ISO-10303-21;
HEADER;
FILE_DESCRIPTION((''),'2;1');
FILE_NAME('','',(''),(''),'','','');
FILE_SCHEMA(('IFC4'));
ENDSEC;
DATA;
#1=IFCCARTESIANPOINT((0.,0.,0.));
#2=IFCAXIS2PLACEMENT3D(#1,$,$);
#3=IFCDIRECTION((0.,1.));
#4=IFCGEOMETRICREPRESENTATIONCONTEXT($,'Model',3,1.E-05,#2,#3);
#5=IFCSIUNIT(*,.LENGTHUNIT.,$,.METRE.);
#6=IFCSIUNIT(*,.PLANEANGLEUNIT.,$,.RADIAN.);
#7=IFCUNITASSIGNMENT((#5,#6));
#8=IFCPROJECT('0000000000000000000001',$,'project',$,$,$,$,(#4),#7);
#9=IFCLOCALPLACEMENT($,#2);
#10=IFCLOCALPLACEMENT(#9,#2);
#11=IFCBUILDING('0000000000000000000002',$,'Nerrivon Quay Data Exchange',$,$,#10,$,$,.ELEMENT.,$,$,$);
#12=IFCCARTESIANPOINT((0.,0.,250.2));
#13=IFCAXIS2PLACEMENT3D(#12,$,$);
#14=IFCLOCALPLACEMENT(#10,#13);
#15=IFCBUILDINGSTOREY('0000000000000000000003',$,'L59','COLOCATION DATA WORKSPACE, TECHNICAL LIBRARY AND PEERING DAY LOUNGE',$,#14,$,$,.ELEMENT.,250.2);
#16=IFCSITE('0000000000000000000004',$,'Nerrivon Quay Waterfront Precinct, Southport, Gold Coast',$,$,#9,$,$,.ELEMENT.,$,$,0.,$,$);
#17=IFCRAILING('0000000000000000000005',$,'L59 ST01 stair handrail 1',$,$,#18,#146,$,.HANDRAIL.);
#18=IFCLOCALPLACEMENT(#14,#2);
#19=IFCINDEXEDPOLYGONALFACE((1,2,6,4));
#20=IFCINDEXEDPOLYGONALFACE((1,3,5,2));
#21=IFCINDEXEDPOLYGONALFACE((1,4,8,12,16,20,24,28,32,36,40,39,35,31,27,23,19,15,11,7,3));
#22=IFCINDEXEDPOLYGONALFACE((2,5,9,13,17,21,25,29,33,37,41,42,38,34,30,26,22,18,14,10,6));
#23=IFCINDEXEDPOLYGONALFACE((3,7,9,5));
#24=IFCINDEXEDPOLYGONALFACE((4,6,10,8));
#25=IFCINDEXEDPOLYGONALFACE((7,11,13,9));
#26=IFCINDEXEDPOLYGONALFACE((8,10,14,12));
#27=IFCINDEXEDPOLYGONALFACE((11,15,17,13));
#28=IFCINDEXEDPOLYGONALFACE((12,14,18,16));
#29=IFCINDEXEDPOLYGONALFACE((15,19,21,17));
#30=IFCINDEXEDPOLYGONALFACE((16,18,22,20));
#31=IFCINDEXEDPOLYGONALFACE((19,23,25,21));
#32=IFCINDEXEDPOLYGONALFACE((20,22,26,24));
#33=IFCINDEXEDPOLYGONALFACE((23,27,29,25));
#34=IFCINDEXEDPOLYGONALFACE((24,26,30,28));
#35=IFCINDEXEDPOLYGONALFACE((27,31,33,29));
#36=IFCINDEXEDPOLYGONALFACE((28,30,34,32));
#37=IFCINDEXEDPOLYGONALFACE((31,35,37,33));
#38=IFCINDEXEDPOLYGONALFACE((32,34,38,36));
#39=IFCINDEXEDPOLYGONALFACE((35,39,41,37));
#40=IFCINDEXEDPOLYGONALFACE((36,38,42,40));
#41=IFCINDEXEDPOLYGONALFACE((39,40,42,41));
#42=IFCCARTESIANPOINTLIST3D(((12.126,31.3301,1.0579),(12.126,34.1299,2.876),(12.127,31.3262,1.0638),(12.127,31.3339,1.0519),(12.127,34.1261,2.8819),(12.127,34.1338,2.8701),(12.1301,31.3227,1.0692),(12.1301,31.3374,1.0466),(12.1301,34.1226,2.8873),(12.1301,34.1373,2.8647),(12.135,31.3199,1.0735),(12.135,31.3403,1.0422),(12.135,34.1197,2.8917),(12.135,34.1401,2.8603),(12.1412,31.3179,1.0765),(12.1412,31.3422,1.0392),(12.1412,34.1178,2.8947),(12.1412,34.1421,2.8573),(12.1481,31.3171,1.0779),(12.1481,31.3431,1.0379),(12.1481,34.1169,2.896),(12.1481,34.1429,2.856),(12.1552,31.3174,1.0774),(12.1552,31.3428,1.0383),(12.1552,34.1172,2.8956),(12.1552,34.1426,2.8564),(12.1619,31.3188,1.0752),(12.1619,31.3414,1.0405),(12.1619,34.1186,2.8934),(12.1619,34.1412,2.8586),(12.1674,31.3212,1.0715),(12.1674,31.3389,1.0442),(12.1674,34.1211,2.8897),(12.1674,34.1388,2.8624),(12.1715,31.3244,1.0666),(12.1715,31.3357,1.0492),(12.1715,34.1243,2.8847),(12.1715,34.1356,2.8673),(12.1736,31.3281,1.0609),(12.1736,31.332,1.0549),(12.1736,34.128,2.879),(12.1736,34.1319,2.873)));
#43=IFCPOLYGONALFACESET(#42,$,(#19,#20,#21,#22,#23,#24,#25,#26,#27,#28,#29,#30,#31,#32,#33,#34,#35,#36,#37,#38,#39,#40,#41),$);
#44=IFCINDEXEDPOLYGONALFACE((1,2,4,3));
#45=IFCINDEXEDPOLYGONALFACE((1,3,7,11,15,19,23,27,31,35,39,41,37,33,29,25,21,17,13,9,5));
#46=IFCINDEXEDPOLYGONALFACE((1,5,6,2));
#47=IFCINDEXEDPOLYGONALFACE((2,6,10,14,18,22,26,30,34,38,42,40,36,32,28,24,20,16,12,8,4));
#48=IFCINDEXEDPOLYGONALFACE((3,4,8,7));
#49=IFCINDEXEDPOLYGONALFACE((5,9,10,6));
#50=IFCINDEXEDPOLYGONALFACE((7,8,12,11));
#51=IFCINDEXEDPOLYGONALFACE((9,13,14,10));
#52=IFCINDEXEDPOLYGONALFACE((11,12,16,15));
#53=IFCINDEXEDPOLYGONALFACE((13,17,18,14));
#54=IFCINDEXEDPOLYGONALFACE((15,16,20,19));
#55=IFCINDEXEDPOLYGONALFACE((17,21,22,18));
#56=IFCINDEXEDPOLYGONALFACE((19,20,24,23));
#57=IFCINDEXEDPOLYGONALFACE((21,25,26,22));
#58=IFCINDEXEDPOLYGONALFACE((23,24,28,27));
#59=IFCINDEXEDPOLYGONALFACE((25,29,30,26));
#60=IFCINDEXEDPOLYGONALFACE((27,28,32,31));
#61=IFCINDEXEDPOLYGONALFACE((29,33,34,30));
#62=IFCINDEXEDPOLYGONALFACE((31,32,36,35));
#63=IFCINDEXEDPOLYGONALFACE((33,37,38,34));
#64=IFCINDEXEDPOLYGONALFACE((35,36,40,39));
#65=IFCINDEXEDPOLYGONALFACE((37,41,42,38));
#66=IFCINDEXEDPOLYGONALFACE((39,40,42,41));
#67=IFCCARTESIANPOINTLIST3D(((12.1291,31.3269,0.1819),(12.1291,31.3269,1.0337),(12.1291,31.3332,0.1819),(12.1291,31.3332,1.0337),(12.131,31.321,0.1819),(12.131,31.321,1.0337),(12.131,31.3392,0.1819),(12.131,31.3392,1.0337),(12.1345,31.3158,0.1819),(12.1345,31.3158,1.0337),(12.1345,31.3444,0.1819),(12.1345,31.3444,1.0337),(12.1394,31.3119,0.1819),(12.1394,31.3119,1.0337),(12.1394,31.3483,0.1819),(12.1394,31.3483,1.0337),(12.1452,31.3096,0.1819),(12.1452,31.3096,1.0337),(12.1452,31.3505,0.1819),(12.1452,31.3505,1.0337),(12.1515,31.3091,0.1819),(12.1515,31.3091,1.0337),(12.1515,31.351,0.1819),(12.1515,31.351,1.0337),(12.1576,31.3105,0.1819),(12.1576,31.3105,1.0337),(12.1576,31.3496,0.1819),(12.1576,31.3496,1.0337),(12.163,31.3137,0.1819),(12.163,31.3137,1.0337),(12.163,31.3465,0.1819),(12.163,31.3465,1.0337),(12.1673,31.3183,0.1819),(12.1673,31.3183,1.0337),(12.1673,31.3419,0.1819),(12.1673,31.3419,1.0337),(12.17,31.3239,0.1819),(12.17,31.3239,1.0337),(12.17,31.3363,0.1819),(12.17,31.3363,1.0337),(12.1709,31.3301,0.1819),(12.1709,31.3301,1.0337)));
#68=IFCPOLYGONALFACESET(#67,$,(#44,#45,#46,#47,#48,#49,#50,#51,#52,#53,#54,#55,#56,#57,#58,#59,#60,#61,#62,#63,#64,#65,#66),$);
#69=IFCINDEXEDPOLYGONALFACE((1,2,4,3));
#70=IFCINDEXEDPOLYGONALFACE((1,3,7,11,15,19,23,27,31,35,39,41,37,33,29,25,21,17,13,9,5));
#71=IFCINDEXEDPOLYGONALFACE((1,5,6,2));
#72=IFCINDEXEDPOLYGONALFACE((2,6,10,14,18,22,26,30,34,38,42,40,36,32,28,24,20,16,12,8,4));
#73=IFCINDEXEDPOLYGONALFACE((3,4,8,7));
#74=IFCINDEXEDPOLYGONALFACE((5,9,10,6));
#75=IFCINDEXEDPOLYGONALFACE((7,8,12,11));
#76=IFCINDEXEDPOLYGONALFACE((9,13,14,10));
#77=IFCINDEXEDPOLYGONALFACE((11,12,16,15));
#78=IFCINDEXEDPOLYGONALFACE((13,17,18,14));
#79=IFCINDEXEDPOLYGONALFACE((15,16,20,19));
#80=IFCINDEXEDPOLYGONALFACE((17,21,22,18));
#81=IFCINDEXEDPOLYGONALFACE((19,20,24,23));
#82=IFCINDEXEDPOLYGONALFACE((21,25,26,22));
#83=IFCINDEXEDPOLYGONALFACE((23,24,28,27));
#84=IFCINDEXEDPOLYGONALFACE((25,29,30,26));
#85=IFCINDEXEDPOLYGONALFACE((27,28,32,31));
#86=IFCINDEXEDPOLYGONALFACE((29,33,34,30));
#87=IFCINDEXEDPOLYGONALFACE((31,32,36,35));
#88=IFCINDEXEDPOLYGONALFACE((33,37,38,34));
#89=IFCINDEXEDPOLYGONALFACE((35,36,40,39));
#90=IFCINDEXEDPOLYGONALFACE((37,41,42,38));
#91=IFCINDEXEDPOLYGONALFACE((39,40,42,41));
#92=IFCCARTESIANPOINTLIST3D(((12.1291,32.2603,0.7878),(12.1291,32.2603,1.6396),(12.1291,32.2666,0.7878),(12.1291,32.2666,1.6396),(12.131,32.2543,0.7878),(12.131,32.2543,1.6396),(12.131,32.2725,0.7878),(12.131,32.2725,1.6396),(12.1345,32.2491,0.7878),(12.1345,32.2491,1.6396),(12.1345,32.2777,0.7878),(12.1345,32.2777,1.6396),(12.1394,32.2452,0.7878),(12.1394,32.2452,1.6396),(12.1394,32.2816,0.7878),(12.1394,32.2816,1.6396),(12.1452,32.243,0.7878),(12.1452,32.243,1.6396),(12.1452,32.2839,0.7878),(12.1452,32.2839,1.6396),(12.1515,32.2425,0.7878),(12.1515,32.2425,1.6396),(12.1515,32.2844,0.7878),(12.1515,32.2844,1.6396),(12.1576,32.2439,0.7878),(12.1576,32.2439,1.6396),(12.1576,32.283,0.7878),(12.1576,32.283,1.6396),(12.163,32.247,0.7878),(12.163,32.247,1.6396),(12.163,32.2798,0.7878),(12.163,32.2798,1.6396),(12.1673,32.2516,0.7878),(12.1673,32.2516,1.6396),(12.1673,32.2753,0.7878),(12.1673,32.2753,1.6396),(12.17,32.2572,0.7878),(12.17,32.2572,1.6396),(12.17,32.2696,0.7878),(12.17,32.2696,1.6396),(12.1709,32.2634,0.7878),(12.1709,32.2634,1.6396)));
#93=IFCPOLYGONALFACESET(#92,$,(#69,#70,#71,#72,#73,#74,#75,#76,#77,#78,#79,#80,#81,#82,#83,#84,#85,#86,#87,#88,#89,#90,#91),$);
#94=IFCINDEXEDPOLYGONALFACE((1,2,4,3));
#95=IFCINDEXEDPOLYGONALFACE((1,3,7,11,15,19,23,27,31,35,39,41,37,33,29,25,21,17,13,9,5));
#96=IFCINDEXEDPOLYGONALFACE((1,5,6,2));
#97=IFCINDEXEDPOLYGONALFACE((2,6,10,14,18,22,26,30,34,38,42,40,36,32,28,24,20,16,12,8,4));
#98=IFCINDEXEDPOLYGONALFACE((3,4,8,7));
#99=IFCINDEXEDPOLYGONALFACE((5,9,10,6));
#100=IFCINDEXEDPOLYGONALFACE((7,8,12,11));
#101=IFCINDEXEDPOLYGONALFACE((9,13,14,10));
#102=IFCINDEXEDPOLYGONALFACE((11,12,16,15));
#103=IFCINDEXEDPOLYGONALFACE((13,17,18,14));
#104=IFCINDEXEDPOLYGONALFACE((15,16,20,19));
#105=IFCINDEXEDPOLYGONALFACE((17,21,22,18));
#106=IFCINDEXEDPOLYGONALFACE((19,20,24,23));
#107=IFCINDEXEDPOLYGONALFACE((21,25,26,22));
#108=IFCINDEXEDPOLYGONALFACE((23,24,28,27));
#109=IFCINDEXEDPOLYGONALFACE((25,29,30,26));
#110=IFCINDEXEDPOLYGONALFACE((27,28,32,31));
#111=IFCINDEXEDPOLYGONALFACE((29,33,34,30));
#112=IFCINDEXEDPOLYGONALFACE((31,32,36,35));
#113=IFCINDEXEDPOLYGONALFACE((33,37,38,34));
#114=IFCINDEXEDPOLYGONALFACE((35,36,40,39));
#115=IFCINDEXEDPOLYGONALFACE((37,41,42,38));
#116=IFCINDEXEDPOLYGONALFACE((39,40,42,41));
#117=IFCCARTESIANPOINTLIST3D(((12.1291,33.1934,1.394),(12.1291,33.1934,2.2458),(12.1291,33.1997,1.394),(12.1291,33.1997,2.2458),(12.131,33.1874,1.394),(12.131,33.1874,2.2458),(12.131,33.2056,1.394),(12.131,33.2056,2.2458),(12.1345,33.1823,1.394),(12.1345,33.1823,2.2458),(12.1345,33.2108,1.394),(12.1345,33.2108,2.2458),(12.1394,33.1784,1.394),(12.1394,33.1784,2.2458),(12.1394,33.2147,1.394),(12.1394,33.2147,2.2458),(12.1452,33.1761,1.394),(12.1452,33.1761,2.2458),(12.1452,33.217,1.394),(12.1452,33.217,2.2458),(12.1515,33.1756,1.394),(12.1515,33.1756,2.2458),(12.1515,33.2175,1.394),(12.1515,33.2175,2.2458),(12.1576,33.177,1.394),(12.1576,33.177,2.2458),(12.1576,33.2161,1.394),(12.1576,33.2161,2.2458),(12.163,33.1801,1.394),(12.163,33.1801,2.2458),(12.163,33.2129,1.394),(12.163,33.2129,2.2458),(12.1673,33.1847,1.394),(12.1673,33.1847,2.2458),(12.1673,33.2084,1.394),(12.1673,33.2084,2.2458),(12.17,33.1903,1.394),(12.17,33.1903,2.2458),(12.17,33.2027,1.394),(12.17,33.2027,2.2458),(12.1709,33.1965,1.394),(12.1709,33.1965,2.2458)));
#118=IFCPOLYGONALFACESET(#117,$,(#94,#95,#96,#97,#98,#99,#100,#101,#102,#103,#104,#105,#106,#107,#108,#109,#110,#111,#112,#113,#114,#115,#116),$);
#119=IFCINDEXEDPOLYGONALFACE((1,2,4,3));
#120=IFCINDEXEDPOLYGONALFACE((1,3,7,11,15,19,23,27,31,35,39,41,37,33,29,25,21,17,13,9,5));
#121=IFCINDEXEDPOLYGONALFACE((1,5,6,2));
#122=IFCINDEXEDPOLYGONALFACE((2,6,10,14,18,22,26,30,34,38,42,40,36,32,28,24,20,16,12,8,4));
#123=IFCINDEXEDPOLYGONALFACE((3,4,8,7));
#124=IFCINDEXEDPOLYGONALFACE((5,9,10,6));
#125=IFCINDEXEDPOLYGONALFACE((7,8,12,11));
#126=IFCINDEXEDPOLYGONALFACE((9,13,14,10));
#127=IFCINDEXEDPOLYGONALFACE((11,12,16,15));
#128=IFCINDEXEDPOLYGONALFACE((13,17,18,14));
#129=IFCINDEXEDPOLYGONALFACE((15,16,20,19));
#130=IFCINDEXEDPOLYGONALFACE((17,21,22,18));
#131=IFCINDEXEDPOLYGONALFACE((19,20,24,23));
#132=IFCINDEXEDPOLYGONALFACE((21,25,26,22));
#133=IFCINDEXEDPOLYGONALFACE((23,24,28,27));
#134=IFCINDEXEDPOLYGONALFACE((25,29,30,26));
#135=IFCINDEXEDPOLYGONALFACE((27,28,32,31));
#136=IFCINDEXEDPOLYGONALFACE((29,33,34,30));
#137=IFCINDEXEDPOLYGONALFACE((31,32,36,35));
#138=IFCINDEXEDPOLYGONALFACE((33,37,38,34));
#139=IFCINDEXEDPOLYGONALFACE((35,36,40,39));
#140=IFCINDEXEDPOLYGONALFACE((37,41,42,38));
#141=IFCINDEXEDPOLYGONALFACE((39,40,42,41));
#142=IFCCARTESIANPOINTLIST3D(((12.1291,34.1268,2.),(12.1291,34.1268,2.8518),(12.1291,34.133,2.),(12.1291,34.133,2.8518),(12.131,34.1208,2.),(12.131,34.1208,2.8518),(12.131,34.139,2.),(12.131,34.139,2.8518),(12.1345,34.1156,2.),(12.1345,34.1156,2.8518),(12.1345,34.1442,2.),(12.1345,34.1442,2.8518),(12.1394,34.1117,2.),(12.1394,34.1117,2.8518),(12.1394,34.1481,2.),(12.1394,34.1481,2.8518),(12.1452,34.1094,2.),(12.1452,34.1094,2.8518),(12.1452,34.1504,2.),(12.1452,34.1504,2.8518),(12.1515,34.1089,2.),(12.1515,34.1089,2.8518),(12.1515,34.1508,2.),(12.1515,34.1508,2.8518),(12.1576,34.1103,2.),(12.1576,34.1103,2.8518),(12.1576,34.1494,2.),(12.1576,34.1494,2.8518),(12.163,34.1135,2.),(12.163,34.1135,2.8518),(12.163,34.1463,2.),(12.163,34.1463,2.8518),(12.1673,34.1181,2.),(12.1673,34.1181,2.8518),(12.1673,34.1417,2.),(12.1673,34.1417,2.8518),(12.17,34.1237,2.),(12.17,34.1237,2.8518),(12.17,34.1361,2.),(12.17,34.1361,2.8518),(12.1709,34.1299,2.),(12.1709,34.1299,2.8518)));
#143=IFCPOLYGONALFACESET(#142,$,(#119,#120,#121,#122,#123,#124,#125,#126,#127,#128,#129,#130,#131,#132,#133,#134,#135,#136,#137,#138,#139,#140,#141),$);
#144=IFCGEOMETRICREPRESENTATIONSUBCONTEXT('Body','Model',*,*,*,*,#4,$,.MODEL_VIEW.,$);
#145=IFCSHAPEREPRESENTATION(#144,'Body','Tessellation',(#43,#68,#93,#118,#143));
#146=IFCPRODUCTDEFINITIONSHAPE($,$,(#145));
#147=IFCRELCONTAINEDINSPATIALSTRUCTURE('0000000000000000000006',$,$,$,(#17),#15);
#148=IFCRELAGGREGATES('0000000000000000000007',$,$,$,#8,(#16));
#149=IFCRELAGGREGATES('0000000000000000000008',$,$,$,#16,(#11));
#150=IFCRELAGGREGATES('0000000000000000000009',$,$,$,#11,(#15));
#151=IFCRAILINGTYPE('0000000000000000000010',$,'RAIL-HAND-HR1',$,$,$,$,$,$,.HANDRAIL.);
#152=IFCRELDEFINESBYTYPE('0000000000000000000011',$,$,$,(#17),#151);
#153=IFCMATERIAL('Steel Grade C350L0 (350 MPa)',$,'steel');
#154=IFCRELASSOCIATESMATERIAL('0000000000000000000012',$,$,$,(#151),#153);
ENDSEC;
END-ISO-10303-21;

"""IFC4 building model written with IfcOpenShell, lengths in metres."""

from ifc_helpers import new_model, si_unit, direction, frame, origin, origin_2d, place, context, subcontext, project, spatial, circle, extrude, material, type_object, element, save


model = new_model("IFC4")

# Units and contexts
model_context = context("Model", 3, precision=1e-05, world=origin(), true_north=direction((0.0, 1.0)))
body_context = subcontext(model_context, "Body", "Model", "MODEL_VIEW")
ifc_project = project(units=[si_unit("LENGTHUNIT", "METRE"), si_unit("PLANEANGLEUNIT", "RADIAN")], contexts=[model_context])

# Site, building, storey
site_placement = place(None, origin())
site = spatial("IfcSite", under=ifc_project, at=site_placement, Name="Nerrivon Quay Waterfront Precinct, Southport, Gold Coast", CompositionType="ELEMENT", RefElevation=0.0)
building_placement = place(site_placement, origin())
building = spatial("IfcBuilding", under=site, at=building_placement, Name="Nerrivon Quay Data Exchange", CompositionType="ELEMENT")
storey_placement = place(building_placement, frame((0.0, 0.0, 250.2)))
storey = spatial("IfcBuildingStorey", under=building, at=storey_placement, Name="L59", Description="COLOCATION DATA WORKSPACE, TECHNICAL LIBRARY AND PEERING DAY LOUNGE", CompositionType="ELEMENT", Elevation=250.2)

# Railing
ifc_material_1 = material(Name="Steel Grade C350L0 (350 MPa)", Category="steel")
railing_type_1 = type_object("IfcRailingType", Name="RAIL-HAND-HR1", PredefinedType="HANDRAIL", material=ifc_material_1)
railing_1_placement = place(storey_placement, frame((12.1499, 31.3301, 0.1819)))
element("IfcRailing", 1, at=railing_1_placement, inside=storey, type_object=railing_type_1, Name="L59 ST01 stair handrail 1", PredefinedType="HANDRAIL", context=body_context, shape_type="SweptSolid", body=[
    extrude(circle(Radius=0.0239, at=origin_2d()), frame((0.0, 0.0, 0.876), z_axis=(0.0, 0.838684, 0.544618), x_axis=(-1.0, 0.0, 0.0)), (0.0, 0.0, 1.0), 3.3384),
    extrude(circle(Radius=0.021, at=origin_2d()), origin(), (0.0, 0.0, 1.0), 0.8518),
    extrude(circle(Radius=0.021, at=origin_2d()), frame((0.0, 0.9333, 0.606)), (0.0, 0.0, 1.0), 0.8518),
    extrude(circle(Radius=0.021, at=origin_2d()), frame((0.0, 1.8665, 1.2122)), (0.0, 0.0, 1.0), 0.8518),
    extrude(circle(Radius=0.021, at=origin_2d()), frame((0.0, 2.7998, 1.8181)), (0.0, 0.0, 1.0), 0.8518),
])

save(model, "model.ifc")
